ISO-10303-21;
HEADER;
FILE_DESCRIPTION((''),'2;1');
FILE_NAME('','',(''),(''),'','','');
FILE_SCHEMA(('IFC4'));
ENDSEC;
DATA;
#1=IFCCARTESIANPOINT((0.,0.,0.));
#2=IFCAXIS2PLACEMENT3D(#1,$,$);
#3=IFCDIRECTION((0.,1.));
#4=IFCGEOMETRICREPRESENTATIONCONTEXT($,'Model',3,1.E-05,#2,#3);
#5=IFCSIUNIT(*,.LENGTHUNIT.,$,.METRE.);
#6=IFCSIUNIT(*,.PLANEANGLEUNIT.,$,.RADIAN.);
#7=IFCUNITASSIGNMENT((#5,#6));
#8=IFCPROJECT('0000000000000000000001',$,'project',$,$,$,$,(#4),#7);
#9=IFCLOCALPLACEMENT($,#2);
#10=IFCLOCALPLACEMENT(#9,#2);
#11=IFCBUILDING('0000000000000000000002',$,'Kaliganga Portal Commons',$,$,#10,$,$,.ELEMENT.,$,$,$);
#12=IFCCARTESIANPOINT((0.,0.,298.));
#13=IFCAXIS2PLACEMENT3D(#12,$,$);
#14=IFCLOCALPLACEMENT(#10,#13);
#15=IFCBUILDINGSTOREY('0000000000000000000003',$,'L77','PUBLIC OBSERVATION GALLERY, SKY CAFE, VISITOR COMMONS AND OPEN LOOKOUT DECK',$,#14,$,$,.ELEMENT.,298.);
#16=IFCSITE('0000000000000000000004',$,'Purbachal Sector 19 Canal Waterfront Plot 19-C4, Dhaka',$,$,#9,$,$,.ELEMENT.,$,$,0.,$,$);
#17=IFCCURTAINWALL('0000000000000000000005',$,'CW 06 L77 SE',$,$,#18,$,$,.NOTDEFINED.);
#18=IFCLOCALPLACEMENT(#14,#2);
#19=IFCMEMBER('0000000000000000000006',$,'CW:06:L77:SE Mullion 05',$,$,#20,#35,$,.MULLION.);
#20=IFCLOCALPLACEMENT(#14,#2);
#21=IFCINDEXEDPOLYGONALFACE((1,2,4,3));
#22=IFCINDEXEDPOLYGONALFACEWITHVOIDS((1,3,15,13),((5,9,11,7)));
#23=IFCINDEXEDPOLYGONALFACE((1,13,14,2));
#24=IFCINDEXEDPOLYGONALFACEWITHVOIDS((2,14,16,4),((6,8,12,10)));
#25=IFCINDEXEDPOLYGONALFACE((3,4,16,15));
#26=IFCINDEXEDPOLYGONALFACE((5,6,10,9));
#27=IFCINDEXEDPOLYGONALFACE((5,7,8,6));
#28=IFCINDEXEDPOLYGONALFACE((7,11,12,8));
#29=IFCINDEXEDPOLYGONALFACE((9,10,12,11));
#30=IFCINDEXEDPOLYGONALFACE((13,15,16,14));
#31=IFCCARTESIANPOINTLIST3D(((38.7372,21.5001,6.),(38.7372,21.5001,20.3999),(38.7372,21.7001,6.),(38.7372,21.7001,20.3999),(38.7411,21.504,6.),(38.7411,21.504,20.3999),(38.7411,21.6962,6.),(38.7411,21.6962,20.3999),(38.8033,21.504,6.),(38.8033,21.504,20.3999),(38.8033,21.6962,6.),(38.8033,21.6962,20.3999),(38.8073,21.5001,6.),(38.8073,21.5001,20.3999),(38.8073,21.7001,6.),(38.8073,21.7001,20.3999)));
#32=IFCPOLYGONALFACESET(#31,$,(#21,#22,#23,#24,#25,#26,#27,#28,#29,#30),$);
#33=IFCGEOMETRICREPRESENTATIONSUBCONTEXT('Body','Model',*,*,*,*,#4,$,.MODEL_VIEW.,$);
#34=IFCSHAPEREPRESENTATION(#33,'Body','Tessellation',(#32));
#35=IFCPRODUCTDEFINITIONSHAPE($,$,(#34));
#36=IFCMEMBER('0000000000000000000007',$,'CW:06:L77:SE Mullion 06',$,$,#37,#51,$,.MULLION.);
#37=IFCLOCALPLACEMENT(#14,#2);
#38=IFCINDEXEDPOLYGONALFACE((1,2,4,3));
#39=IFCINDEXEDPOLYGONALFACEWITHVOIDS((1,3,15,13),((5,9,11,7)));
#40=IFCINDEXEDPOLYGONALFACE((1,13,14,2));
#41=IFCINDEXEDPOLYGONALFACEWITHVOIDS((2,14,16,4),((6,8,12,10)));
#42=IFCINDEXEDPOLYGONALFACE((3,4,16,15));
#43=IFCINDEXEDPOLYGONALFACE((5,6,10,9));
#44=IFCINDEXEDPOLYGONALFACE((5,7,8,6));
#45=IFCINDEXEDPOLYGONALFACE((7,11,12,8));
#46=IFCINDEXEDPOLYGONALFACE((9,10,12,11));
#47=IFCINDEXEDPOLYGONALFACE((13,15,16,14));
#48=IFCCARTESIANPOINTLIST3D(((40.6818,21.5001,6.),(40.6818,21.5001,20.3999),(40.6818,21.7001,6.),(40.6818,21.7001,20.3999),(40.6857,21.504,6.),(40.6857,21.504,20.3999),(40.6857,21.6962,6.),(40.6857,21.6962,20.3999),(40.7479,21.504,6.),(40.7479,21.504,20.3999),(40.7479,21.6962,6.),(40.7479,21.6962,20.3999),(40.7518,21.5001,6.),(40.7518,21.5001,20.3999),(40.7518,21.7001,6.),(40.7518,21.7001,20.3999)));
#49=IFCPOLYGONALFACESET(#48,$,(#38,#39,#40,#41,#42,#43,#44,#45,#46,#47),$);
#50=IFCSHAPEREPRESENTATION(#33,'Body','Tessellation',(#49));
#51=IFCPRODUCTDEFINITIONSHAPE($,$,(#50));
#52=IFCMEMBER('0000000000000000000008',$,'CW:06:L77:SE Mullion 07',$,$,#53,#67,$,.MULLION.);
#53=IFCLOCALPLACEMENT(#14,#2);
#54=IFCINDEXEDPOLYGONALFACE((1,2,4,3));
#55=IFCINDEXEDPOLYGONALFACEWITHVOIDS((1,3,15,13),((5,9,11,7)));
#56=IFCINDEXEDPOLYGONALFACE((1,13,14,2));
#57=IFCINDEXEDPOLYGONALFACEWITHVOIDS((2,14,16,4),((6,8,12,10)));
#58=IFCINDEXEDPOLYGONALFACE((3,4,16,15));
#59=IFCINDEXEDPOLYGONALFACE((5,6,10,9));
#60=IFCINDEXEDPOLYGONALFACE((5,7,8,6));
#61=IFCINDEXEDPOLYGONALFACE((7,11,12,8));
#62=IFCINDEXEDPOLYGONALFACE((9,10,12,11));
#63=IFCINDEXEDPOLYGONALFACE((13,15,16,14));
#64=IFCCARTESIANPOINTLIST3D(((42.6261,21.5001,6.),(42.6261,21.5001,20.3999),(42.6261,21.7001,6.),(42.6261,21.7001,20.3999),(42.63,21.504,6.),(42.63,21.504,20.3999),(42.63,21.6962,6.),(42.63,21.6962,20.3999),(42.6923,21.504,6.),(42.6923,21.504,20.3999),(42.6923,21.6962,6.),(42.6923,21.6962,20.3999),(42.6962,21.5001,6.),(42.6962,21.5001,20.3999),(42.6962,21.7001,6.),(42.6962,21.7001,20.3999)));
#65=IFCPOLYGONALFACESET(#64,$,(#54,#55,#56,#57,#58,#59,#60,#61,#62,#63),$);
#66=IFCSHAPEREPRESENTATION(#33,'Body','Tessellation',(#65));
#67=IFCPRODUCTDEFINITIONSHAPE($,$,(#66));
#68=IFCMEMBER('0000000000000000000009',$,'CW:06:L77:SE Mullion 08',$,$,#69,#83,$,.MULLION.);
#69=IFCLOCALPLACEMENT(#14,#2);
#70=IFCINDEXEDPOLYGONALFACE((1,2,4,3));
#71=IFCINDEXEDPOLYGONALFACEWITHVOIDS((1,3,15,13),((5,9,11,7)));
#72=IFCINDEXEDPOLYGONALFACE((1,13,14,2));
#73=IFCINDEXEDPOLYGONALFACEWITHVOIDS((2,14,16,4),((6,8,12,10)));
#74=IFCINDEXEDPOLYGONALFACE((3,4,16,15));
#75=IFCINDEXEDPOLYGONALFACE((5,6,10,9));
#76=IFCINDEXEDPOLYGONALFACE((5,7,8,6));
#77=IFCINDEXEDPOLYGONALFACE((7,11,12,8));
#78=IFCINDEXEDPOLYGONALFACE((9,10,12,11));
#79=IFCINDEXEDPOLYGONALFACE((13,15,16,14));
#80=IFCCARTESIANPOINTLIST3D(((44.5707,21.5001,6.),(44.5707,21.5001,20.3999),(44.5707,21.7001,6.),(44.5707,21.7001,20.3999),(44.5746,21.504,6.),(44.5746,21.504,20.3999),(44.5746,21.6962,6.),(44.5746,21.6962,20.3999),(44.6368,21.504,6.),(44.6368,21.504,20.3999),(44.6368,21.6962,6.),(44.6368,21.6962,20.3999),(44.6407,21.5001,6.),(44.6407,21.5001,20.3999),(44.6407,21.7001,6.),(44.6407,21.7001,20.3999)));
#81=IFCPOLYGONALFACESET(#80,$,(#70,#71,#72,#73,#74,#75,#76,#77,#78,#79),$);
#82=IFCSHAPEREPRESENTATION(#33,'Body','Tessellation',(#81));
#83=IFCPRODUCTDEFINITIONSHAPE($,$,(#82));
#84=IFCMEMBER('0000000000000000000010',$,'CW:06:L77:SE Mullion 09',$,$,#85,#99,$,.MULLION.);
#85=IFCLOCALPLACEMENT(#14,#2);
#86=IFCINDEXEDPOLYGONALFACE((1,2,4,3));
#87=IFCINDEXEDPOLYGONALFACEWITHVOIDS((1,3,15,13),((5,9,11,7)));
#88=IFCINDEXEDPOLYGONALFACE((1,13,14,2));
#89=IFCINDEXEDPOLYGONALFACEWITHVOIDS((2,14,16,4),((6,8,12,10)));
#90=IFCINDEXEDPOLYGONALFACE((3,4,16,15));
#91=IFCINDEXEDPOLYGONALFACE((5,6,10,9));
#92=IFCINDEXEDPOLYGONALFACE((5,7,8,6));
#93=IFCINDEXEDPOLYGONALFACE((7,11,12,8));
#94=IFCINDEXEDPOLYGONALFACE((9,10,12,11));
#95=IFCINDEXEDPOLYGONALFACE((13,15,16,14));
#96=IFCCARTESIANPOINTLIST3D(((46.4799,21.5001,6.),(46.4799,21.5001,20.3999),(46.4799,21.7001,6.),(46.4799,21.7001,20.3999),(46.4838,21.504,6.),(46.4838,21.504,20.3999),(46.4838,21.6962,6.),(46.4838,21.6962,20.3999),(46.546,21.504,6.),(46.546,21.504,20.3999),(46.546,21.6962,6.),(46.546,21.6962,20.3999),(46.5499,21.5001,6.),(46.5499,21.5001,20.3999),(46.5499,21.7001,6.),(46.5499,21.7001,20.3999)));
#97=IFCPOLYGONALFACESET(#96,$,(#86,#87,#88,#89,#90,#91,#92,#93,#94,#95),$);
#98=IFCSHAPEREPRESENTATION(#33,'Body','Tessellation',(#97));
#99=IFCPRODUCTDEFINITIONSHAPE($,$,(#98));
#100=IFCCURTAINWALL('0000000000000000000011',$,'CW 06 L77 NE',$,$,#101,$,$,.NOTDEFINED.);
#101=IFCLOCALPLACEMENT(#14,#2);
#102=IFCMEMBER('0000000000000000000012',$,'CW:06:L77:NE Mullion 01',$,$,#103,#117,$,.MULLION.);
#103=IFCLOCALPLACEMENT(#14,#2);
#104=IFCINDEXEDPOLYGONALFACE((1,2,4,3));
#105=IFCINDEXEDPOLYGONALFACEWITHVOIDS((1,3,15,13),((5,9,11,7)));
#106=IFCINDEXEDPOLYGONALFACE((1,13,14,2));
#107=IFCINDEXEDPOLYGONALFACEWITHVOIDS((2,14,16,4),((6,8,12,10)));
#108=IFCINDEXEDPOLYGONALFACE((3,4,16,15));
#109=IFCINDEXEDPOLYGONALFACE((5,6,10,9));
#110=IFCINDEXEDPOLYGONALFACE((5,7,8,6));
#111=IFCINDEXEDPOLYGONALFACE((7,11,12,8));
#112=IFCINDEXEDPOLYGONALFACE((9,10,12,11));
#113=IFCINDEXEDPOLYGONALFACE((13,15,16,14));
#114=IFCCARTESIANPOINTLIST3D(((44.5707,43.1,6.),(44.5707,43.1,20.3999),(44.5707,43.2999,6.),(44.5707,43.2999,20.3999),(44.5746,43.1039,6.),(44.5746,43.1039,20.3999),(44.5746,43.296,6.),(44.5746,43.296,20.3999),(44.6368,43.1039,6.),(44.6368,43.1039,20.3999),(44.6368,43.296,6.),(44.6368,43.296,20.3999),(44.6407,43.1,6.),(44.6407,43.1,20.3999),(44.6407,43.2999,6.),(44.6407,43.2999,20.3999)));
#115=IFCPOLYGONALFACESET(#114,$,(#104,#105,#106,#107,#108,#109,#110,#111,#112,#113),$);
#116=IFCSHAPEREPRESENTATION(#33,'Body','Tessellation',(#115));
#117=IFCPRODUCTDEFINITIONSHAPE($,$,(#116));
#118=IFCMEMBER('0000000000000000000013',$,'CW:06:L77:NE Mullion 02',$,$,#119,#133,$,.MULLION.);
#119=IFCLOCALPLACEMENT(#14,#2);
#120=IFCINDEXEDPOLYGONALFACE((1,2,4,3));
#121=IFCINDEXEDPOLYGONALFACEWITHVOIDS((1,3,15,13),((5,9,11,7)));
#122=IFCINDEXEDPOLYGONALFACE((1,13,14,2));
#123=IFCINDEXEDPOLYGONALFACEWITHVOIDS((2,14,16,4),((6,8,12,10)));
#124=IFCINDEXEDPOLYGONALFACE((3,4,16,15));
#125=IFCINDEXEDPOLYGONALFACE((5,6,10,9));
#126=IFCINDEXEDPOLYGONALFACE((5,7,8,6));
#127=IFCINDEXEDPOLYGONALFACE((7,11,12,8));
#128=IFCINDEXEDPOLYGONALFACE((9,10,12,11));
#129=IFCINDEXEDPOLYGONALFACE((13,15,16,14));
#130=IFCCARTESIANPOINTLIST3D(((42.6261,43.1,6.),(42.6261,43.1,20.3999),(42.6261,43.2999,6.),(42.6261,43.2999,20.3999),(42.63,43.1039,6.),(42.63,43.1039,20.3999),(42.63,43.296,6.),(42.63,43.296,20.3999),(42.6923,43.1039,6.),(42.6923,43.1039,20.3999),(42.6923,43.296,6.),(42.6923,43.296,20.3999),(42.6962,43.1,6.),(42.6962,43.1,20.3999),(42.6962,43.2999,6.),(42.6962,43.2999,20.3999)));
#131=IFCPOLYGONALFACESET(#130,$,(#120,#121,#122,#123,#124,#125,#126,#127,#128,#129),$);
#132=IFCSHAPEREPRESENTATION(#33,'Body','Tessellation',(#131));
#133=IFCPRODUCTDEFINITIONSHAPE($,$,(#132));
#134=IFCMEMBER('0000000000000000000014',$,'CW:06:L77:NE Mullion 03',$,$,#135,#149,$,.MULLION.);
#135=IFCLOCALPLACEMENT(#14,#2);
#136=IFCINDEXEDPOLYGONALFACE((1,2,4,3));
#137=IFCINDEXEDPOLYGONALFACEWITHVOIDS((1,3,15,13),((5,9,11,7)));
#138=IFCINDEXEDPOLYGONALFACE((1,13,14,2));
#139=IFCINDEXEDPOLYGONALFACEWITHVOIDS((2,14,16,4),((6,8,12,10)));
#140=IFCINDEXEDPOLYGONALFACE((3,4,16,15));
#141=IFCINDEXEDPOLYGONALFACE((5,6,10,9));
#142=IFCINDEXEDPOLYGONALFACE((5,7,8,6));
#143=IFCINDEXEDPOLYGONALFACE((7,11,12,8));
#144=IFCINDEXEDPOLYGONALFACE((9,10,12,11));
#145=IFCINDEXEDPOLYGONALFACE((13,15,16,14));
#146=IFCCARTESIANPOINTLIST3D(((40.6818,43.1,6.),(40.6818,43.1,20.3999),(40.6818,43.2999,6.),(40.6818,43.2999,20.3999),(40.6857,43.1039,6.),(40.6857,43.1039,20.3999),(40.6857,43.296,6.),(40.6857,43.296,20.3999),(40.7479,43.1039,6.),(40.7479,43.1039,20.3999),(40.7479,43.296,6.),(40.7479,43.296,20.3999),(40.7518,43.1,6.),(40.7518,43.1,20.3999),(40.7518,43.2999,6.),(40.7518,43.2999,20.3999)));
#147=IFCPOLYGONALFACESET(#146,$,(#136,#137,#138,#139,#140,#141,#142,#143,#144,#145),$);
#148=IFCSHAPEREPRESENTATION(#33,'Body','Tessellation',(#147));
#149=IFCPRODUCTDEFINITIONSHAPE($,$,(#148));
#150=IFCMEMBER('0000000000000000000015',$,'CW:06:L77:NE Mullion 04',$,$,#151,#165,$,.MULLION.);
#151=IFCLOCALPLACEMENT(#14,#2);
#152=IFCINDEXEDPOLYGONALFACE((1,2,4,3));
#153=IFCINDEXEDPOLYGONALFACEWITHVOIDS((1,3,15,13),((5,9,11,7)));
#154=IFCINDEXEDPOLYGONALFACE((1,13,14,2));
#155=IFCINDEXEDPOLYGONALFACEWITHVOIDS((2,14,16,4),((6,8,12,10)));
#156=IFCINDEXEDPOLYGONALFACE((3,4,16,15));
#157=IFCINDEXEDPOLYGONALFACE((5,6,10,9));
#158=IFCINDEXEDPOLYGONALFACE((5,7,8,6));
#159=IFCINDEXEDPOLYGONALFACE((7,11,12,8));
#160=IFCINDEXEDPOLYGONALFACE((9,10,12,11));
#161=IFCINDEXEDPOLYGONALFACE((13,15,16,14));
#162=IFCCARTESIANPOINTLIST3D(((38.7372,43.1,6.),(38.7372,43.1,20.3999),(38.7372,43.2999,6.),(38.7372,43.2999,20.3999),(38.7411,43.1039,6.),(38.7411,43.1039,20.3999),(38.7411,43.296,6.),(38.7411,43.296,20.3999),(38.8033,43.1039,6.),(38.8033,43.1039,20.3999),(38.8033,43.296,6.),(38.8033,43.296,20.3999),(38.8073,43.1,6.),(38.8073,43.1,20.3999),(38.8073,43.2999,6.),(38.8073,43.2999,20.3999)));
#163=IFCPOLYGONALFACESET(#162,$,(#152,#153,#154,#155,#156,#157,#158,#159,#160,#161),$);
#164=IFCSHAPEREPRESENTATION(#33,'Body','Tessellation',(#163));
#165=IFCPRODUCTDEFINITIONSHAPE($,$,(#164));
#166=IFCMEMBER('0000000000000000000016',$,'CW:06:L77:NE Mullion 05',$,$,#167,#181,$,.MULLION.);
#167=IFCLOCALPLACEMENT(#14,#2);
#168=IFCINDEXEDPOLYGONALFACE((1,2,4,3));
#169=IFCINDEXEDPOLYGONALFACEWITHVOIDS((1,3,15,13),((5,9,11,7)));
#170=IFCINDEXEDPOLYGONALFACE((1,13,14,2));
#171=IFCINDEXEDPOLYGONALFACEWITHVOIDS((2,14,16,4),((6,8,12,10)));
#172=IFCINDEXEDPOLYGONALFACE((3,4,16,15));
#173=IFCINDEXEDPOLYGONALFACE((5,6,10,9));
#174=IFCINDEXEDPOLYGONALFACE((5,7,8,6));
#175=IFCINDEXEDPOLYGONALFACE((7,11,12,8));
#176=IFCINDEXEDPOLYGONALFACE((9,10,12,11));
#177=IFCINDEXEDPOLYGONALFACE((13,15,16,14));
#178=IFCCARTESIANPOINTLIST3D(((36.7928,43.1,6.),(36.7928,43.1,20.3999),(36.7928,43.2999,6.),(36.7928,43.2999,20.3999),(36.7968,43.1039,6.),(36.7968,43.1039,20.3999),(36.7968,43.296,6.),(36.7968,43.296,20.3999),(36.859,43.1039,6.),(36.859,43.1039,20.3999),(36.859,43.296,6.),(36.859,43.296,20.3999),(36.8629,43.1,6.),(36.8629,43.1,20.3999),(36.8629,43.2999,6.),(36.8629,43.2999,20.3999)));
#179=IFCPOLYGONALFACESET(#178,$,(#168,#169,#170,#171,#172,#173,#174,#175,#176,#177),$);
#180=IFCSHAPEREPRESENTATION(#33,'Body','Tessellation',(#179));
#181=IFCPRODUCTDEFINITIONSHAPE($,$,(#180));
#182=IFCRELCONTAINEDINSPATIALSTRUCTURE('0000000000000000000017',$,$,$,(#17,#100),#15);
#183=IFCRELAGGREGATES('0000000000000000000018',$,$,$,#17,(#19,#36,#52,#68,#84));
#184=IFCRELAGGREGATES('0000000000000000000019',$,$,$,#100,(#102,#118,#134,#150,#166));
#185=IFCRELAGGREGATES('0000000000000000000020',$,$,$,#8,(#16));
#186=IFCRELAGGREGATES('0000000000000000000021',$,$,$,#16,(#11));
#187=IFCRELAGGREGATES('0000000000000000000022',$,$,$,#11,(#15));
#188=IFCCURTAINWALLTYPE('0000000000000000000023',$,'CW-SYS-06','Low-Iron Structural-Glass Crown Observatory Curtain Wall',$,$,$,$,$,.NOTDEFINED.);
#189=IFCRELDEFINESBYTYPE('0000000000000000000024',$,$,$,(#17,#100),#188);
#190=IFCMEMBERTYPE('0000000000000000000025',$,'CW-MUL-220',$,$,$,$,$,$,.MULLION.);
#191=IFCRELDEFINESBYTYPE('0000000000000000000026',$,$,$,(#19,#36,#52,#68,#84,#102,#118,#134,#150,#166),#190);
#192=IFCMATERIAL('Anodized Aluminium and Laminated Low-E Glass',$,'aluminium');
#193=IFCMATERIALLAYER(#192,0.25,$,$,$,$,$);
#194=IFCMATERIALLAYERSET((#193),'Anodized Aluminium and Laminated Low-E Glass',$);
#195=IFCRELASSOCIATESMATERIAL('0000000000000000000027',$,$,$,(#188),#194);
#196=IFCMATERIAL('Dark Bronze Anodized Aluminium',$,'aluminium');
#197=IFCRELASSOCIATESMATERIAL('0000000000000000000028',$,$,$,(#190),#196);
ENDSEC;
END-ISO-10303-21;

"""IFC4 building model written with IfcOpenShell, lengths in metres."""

from ifc_helpers import new_model, si_unit, direction, frame, origin, origin_2d, place, context, subcontext, project, spatial, hollow_rectangle, extrude, source, transform, mapped, material, layer, layer_set, material_profile, profile_set, type_object, element, aggregate, save


model = new_model("IFC4")

# Units and contexts
model_context = context("Model", 3, precision=1e-05, world=origin(), true_north=direction((0.0, 1.0)))
body_context = subcontext(model_context, "Body", "Model", "MODEL_VIEW")
ifc_project = project(units=[si_unit("LENGTHUNIT", "METRE"), si_unit("PLANEANGLEUNIT", "RADIAN")], contexts=[model_context])

# Site, building, storey
site_placement = place(None, origin())
site = spatial("IfcSite", under=ifc_project, at=site_placement, Name="Purbachal Sector 19 Canal Waterfront Plot 19-C4, Dhaka", CompositionType="ELEMENT", RefElevation=0.0)
building_placement = place(site_placement, origin())
building = spatial("IfcBuilding", under=site, at=building_placement, Name="Kaliganga Portal Commons", CompositionType="ELEMENT")
storey_placement = place(building_placement, frame((0.0, 0.0, 298.0)))
storey = spatial("IfcBuildingStorey", under=building, at=storey_placement, Name="L77", Description="PUBLIC OBSERVATION GALLERY, SKY CAFE, VISITOR COMMONS AND OPEN LOOKOUT DECK", CompositionType="ELEMENT", Elevation=298.0)

# Curtain walls, members
ifc_material_1 = material(Name="Anodized Aluminium and Laminated Low-E Glass", Category="aluminium")
ifc_layer_1 = layer(ifc_material_1, 0.25)
ifc_layer_set_1 = layer_set([ifc_layer_1], Name="Anodized Aluminium and Laminated Low-E Glass")
curtain_wall_type = type_object("IfcCurtainWallType", Name="CW-SYS-06", Description="Low-Iron Structural-Glass Crown Observatory Curtain Wall", PredefinedType="NOTDEFINED", material=ifc_layer_set_1)
curtain_wall_1_placement = place(storey_placement, origin())
curtain_wall_1 = element("IfcCurtainWall", 1, at=curtain_wall_1_placement, inside=storey, type_object=curtain_wall_type, Name="CW 06 L77 SE", PredefinedType="NOTDEFINED")
ifc_material_2 = material(Name="Dark Bronze Anodized Aluminium", Category="aluminium")
ifc_material_profile_1 = material_profile(ifc_material_2, hollow_rectangle(XDim=0.0701, YDim=0.2, WallThickness=0.0039, at=origin_2d()), Name="ALU MULL 70x200x4")
ifc_profile_set_1 = profile_set([ifc_material_profile_1], Name="Dark Bronze Anodized Aluminium")
member_type_1 = type_object("IfcMemberType", Name="CW-MUL-220", PredefinedType="MULLION", material=ifc_profile_set_1)
shared_shape_1 = source(origin(), body_context, "Body", "SweptSolid", [
    extrude(hollow_rectangle(XDim=0.0701, YDim=0.2, WallThickness=0.0039, at=origin_2d()), origin(), (0.0, 0.0, 1.0), 14.3999),
])
member_1_placement = place(storey_placement, frame((38.7722, 21.6001, 6.0), z_axis=(0.0, 0.0, 1.0), x_axis=(1.0, 0.0, 0.0)))
member_1 = element("IfcMember", 2, at=member_1_placement, type_object=member_type_1, Name="CW:06:L77:SE Mullion 05", PredefinedType="MULLION", context=body_context, shape_type="MappedRepresentation", body=[
    mapped(shared_shape_1, transform((0.0, 0.0, 0.0), x_axis=(1.0, 0.0, 0.0), y_axis=(0.0, 1.0, 0.0), z_axis=(0.0, 0.0, 1.0), scale=1.0)),
])
member_2_placement = place(storey_placement, frame((40.7168, 21.6001, 6.0), z_axis=(0.0, 0.0, 1.0), x_axis=(1.0, 0.0, 0.0)))
member_2 = element("IfcMember", 3, at=member_2_placement, type_object=member_type_1, Name="CW:06:L77:SE Mullion 06", PredefinedType="MULLION", context=body_context, shape_type="MappedRepresentation", body=[
    mapped(shared_shape_1, transform((0.0, 0.0, 0.0), x_axis=(1.0, 0.0, 0.0), y_axis=(0.0, 1.0, 0.0), z_axis=(0.0, 0.0, 1.0), scale=1.0)),
])
member_3_placement = place(storey_placement, frame((42.6611, 21.6001, 6.0), z_axis=(0.0, 0.0, 1.0), x_axis=(1.0, 0.0, 0.0)))
member_3 = element("IfcMember", 4, at=member_3_placement, type_object=member_type_1, Name="CW:06:L77:SE Mullion 07", PredefinedType="MULLION", context=body_context, shape_type="MappedRepresentation", body=[
    mapped(shared_shape_1, transform((0.0, 0.0, 0.0), x_axis=(1.0, 0.0, 0.0), y_axis=(0.0, 1.0, 0.0), z_axis=(0.0, 0.0, 1.0), scale=1.0)),
])
member_4_placement = place(storey_placement, frame((44.6057, 21.6001, 6.0), z_axis=(0.0, 0.0, 1.0), x_axis=(1.0, 0.0, 0.0)))
member_4 = element("IfcMember", 5, at=member_4_placement, type_object=member_type_1, Name="CW:06:L77:SE Mullion 08", PredefinedType="MULLION", context=body_context, shape_type="MappedRepresentation", body=[
    mapped(shared_shape_1, transform((0.0, 0.0, 0.0), x_axis=(1.0, 0.0, 0.0), y_axis=(0.0, 1.0, 0.0), z_axis=(0.0, 0.0, 1.0), scale=1.0)),
])
member_5_placement = place(storey_placement, frame((46.5149, 21.6001, 6.0), z_axis=(0.0, 0.0, 1.0), x_axis=(1.0, 0.0, 0.0)))
member_5 = element("IfcMember", 6, at=member_5_placement, type_object=member_type_1, Name="CW:06:L77:SE Mullion 09", PredefinedType="MULLION", context=body_context, shape_type="MappedRepresentation", body=[
    mapped(shared_shape_1, transform((0.0, 0.0, 0.0), x_axis=(1.0, 0.0, 0.0), y_axis=(0.0, 1.0, 0.0), z_axis=(0.0, 0.0, 1.0), scale=1.0)),
])
curtain_wall_2_placement = place(storey_placement, origin())
curtain_wall_2 = element("IfcCurtainWall", 7, at=curtain_wall_2_placement, inside=storey, type_object=curtain_wall_type, Name="CW 06 L77 NE", PredefinedType="NOTDEFINED")
member_6_placement = place(storey_placement, frame((44.6057, 43.2, 6.0), z_axis=(0.0, 0.0, 1.0), x_axis=(-1.0, 0.0, 0.0)))
member_6 = element("IfcMember", 8, at=member_6_placement, type_object=member_type_1, Name="CW:06:L77:NE Mullion 01", PredefinedType="MULLION", context=body_context, shape_type="MappedRepresentation", body=[
    mapped(shared_shape_1, transform((0.0, 0.0, 0.0), x_axis=(1.0, 0.0, 0.0), y_axis=(0.0, 1.0, 0.0), z_axis=(0.0, 0.0, 1.0), scale=1.0)),
])
member_7_placement = place(storey_placement, frame((42.6611, 43.2, 6.0), z_axis=(0.0, 0.0, 1.0), x_axis=(-1.0, 0.0, 0.0)))
member_7 = element("IfcMember", 9, at=member_7_placement, type_object=member_type_1, Name="CW:06:L77:NE Mullion 02", PredefinedType="MULLION", context=body_context, shape_type="MappedRepresentation", body=[
    mapped(shared_shape_1, transform((0.0, 0.0, 0.0), x_axis=(1.0, 0.0, 0.0), y_axis=(0.0, 1.0, 0.0), z_axis=(0.0, 0.0, 1.0), scale=1.0)),
])
member_8_placement = place(storey_placement, frame((40.7168, 43.2, 6.0), z_axis=(0.0, 0.0, 1.0), x_axis=(-1.0, 0.0, 0.0)))
member_8 = element("IfcMember", 10, at=member_8_placement, type_object=member_type_1, Name="CW:06:L77:NE Mullion 03", PredefinedType="MULLION", context=body_context, shape_type="MappedRepresentation", body=[
    mapped(shared_shape_1, transform((0.0, 0.0, 0.0), x_axis=(1.0, 0.0, 0.0), y_axis=(0.0, 1.0, 0.0), z_axis=(0.0, 0.0, 1.0), scale=1.0)),
])
member_9_placement = place(storey_placement, frame((38.7722, 43.2, 6.0), z_axis=(0.0, 0.0, 1.0), x_axis=(-1.0, 0.0, 0.0)))
member_9 = element("IfcMember", 11, at=member_9_placement, type_object=member_type_1, Name="CW:06:L77:NE Mullion 04", PredefinedType="MULLION", context=body_context, shape_type="MappedRepresentation", body=[
    mapped(shared_shape_1, transform((0.0, 0.0, 0.0), x_axis=(1.0, 0.0, 0.0), y_axis=(0.0, 1.0, 0.0), z_axis=(0.0, 0.0, 1.0), scale=1.0)),
])
member_10_placement = place(storey_placement, frame((36.8279, 43.2, 6.0), z_axis=(0.0, 0.0, 1.0), x_axis=(-1.0, 0.0, 0.0)))
member_10 = element("IfcMember", 12, at=member_10_placement, type_object=member_type_1, Name="CW:06:L77:NE Mullion 05", PredefinedType="MULLION", context=body_context, shape_type="MappedRepresentation", body=[
    mapped(shared_shape_1, transform((0.0, 0.0, 0.0), x_axis=(1.0, 0.0, 0.0), y_axis=(0.0, 1.0, 0.0), z_axis=(0.0, 0.0, 1.0), scale=1.0)),
])

aggregate(curtain_wall_1, [member_1, member_2, member_3, member_4, member_5])
aggregate(curtain_wall_2, [member_6, member_7, member_8, member_9, member_10])

save(model, "model.ifc")
